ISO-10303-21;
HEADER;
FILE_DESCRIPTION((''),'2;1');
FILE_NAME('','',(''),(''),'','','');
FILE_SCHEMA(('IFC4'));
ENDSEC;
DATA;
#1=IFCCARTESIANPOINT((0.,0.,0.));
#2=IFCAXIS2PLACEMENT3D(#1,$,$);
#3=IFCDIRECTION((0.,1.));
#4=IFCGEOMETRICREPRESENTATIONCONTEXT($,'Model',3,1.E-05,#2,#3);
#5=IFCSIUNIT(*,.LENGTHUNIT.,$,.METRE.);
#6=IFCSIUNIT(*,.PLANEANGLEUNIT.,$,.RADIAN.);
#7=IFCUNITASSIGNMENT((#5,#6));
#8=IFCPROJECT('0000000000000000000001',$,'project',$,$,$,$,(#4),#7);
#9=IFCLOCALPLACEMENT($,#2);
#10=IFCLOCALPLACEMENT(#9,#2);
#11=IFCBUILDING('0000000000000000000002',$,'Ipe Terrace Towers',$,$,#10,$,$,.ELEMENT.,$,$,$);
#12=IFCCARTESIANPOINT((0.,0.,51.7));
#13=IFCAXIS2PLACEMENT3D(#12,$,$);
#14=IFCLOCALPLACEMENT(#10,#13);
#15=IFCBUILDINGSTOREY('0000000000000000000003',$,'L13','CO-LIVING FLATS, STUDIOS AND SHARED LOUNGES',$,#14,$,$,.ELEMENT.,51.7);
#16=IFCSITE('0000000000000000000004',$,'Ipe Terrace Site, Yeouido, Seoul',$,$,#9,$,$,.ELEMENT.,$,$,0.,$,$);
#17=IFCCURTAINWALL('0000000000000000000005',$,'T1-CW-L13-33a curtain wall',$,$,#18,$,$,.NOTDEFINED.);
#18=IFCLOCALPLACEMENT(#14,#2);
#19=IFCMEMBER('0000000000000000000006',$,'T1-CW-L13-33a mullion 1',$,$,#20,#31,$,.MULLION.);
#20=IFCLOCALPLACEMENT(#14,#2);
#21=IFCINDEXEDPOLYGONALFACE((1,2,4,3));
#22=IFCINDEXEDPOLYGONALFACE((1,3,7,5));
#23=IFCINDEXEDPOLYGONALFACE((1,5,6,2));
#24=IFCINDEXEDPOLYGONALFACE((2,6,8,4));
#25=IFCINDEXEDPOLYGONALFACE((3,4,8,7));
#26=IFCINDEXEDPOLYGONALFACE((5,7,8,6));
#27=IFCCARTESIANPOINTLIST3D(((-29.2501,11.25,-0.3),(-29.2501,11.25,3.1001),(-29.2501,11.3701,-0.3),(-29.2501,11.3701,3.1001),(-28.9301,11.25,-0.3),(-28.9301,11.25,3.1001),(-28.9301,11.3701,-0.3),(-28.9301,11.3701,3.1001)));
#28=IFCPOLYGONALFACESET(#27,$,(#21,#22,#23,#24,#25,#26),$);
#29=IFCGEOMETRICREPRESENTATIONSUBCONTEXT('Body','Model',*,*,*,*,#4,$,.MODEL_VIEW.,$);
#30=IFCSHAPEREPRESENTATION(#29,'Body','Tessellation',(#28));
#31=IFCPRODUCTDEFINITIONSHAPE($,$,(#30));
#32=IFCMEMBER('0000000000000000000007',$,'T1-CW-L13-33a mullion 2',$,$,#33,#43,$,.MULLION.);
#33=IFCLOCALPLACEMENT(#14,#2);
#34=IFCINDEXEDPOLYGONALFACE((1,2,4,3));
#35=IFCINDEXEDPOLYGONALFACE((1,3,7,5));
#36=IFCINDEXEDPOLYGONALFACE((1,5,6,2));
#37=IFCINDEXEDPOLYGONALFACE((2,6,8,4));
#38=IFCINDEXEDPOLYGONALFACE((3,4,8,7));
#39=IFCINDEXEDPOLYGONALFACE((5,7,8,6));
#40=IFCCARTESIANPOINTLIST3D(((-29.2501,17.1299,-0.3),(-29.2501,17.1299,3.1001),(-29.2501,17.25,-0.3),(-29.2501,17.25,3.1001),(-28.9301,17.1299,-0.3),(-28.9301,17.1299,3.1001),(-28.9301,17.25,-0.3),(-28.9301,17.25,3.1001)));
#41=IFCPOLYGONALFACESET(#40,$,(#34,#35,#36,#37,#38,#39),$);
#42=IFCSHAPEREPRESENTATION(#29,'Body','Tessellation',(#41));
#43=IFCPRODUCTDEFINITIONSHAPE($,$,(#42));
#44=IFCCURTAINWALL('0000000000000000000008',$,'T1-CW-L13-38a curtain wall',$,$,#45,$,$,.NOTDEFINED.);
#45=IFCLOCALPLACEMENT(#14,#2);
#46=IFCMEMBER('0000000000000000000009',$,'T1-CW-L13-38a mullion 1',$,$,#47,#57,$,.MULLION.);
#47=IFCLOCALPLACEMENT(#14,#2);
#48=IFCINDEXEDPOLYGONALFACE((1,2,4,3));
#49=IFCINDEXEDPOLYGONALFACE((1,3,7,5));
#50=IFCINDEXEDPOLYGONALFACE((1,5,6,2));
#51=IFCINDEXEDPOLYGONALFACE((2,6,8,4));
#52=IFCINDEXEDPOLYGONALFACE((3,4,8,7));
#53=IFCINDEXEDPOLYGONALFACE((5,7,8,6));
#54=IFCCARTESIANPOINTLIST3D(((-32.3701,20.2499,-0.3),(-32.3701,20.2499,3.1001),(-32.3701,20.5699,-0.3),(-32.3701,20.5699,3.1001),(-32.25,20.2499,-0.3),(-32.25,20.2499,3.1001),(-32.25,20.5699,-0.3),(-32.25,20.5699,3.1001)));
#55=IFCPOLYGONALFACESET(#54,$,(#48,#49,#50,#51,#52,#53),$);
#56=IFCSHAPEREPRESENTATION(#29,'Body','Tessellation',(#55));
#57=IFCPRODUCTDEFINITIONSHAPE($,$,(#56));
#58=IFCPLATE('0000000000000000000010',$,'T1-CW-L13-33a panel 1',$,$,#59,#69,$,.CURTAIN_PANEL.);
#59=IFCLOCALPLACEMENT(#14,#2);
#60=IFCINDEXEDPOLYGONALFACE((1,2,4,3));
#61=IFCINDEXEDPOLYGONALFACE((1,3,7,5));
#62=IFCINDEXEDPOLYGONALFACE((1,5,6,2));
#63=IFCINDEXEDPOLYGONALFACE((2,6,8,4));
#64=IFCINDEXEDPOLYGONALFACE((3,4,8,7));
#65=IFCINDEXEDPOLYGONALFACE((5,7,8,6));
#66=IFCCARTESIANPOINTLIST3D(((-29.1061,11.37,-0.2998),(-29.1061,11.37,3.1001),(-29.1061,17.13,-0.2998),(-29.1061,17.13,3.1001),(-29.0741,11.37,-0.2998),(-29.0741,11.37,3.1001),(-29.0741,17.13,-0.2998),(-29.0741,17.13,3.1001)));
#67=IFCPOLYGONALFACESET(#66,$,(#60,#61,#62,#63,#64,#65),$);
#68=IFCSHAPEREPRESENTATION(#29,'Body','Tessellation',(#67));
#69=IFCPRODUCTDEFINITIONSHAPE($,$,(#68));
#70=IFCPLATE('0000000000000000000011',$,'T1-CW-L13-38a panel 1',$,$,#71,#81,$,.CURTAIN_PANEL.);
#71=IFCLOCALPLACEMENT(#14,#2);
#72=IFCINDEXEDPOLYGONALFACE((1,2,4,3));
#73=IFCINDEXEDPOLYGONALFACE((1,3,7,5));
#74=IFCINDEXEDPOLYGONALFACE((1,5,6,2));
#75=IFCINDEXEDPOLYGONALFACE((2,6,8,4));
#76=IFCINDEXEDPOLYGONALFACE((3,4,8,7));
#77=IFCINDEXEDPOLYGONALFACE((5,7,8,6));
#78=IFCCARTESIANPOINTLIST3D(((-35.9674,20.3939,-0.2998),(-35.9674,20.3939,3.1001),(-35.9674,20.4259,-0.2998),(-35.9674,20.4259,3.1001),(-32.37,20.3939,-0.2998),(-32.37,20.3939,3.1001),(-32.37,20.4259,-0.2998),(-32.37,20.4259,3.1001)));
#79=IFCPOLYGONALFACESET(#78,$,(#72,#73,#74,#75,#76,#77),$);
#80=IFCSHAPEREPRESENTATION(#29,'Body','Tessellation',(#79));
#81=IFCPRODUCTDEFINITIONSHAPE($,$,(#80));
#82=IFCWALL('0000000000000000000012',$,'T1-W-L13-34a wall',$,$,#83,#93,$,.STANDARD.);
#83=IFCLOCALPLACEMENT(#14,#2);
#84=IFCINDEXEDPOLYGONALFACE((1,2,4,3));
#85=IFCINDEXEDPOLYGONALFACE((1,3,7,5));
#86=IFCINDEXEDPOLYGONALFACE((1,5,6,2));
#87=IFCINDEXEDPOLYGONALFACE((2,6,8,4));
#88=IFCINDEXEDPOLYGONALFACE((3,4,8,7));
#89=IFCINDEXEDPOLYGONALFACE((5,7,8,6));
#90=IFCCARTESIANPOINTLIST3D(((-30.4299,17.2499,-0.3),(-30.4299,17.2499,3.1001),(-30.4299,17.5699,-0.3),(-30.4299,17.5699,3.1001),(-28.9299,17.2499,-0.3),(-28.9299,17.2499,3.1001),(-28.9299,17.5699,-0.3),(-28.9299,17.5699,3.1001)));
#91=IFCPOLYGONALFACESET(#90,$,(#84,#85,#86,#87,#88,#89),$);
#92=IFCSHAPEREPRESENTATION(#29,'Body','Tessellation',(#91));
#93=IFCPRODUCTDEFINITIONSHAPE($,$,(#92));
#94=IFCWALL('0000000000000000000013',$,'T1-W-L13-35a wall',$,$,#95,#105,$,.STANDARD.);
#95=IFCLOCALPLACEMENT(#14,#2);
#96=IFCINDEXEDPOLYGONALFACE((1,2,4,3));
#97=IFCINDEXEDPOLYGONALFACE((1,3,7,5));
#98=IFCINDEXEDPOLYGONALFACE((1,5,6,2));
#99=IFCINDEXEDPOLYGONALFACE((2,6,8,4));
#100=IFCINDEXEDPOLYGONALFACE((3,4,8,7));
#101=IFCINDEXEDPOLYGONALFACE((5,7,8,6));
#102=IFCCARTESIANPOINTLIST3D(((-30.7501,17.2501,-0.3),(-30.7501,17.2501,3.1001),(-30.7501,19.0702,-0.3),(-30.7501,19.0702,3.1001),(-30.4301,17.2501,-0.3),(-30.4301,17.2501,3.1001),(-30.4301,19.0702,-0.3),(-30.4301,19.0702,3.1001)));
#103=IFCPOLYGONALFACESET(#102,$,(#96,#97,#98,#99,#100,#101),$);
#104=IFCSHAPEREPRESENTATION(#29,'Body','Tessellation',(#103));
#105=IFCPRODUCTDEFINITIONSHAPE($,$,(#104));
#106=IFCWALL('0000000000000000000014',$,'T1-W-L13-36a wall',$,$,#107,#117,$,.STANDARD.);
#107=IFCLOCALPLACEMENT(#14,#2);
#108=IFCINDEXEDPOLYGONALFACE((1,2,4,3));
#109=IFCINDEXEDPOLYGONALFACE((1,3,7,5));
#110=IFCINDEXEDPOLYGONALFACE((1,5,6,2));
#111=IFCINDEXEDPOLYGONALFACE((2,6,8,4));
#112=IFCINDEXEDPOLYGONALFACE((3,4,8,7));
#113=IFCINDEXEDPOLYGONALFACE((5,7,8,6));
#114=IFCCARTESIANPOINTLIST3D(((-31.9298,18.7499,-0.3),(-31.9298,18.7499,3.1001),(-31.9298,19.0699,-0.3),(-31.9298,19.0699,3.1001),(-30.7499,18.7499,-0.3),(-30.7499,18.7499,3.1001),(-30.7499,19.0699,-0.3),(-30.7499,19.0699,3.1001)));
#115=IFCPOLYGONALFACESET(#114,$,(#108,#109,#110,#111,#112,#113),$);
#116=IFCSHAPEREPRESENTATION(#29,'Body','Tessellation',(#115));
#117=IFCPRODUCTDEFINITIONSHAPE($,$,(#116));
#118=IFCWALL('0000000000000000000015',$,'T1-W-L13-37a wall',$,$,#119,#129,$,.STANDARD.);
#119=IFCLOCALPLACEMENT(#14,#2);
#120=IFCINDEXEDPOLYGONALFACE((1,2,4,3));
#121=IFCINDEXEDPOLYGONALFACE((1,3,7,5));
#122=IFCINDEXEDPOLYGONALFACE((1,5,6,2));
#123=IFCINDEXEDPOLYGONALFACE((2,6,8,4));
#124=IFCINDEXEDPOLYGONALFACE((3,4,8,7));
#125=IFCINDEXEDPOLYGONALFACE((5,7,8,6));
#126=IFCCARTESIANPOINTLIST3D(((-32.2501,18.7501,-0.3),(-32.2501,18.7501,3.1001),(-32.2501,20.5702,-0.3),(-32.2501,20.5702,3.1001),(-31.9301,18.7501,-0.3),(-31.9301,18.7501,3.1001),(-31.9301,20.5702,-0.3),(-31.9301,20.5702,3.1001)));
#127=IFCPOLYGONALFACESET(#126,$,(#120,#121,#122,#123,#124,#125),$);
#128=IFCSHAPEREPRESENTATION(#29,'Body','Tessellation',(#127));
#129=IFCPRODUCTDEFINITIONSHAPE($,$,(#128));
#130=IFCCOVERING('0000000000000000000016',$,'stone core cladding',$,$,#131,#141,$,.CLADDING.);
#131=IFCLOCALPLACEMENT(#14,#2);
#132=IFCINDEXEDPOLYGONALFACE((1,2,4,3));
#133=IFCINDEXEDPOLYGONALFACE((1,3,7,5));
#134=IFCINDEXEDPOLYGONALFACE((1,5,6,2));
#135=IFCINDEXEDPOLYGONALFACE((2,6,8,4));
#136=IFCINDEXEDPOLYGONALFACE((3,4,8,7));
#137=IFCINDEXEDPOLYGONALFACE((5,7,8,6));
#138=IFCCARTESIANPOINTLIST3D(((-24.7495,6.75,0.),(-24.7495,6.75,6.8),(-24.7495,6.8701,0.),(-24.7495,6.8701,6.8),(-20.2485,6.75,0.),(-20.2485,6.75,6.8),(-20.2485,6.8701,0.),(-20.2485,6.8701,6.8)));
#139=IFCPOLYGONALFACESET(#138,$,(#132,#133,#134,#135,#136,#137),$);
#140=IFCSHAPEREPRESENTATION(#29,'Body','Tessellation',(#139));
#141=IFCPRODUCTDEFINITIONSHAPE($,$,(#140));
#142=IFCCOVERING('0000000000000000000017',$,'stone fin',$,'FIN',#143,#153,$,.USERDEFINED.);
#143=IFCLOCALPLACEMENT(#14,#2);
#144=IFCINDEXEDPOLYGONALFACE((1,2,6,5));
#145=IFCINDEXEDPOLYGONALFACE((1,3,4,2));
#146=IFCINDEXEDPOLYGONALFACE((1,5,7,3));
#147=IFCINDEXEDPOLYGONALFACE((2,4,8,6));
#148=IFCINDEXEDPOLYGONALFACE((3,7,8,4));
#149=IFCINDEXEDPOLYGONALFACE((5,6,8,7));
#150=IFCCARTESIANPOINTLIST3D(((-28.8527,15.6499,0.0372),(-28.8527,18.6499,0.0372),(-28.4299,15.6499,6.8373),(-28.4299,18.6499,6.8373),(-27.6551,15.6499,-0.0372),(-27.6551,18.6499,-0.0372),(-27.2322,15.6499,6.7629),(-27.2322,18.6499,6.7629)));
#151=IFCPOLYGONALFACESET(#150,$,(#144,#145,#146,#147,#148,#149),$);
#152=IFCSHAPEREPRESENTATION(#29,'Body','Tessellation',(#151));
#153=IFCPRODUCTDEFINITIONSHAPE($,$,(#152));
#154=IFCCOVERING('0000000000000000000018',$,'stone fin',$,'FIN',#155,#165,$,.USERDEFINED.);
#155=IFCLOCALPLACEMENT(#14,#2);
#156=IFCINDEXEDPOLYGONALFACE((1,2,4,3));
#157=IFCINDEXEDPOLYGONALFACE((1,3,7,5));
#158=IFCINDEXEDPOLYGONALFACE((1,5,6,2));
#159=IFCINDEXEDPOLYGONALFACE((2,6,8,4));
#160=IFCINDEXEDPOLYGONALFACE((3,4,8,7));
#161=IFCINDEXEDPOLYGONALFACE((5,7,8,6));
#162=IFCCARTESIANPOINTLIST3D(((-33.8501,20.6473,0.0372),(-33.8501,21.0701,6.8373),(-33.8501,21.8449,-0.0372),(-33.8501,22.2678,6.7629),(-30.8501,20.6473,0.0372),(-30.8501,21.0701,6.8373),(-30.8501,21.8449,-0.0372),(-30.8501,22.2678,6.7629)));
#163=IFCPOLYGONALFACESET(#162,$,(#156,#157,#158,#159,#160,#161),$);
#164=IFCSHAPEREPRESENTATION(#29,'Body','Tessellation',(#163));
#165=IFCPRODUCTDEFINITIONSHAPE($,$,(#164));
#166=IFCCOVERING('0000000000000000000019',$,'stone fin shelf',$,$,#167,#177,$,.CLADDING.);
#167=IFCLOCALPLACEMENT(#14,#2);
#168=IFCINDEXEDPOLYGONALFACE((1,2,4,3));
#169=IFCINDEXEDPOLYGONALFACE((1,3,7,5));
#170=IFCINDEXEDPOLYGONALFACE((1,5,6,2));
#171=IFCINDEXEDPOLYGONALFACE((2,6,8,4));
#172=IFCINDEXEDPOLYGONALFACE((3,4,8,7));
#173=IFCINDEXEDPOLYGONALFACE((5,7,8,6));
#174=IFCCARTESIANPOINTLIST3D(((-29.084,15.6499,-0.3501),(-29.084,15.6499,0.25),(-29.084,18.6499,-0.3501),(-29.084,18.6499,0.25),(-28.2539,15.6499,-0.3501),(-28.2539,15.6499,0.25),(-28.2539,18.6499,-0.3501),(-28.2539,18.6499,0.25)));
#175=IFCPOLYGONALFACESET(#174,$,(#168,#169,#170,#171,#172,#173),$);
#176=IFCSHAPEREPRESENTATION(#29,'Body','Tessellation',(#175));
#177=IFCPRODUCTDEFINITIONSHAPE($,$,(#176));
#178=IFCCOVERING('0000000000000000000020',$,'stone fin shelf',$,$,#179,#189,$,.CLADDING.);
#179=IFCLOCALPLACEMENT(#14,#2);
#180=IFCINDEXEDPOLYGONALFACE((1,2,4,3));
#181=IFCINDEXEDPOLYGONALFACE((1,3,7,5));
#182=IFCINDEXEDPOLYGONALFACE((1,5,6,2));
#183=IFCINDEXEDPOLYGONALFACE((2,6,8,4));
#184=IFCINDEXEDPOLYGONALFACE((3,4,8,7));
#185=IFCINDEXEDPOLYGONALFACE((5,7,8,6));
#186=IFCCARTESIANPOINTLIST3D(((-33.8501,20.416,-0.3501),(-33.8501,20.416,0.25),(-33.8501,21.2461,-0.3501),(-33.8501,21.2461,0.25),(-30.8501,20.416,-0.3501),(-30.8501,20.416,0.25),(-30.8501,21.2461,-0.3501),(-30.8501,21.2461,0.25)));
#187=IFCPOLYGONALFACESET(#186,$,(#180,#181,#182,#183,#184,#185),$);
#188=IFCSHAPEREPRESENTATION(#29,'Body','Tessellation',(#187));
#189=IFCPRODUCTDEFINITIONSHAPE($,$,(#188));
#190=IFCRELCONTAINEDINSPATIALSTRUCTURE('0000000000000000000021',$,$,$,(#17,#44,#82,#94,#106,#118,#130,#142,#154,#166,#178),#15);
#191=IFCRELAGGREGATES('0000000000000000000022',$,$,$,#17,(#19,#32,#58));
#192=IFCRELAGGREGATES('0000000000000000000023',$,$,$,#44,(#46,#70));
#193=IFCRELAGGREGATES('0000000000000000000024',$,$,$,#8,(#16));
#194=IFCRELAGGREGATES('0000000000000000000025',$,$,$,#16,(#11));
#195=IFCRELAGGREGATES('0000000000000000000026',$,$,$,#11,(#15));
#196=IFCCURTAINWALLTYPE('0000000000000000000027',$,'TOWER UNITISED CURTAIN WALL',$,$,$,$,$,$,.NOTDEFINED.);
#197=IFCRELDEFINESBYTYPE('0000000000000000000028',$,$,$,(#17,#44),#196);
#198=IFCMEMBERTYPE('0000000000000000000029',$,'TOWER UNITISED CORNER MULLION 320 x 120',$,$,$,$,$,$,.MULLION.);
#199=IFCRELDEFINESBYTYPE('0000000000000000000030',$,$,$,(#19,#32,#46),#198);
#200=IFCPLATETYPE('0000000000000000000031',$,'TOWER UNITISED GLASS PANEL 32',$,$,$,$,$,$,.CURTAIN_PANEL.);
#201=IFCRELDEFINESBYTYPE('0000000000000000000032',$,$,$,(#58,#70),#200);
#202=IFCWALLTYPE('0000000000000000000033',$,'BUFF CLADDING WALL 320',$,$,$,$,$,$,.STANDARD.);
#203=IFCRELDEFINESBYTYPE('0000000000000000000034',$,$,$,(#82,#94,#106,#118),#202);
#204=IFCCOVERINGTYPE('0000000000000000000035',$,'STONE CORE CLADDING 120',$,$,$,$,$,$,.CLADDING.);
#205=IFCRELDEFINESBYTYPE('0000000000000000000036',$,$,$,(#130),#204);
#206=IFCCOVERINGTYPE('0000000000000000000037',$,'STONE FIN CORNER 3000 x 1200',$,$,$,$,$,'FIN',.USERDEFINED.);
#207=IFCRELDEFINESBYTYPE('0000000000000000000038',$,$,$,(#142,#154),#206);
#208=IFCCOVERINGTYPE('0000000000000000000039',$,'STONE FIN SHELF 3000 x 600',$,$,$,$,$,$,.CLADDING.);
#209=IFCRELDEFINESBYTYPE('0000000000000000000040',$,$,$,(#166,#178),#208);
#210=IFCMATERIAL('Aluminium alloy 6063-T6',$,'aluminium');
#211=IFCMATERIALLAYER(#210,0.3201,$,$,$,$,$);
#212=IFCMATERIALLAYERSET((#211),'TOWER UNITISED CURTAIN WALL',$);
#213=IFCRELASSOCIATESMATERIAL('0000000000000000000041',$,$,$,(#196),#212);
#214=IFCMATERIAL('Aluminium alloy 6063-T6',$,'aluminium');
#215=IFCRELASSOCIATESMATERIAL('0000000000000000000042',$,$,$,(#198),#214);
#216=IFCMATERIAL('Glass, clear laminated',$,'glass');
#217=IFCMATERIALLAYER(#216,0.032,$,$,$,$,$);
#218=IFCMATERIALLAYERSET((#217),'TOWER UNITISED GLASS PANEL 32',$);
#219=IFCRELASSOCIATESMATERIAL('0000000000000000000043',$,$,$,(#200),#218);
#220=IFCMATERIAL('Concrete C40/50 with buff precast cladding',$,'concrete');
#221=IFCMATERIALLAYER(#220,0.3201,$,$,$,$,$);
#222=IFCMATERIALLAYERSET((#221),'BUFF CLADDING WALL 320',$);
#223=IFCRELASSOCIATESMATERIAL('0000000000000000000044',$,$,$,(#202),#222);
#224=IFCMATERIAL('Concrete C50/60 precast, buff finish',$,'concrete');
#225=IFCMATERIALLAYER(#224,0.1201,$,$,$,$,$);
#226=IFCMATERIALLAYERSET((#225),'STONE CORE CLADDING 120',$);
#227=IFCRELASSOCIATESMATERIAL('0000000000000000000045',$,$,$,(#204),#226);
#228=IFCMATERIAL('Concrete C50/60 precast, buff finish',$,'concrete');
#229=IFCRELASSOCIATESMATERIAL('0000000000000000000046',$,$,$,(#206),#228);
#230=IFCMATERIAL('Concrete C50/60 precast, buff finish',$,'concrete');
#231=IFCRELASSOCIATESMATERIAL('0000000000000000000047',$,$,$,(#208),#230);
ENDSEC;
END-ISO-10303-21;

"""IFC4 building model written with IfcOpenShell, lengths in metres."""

from ifc_helpers import new_model, si_unit, direction, frame, frame_2d, origin, origin_2d, place, context, subcontext, project, spatial, rectangle, extrude, material, layer, layer_set, material_profile, profile_set, type_object, element, aggregate, save


model = new_model("IFC4")

# Units and contexts
model_context = context("Model", 3, precision=1e-05, world=origin(), true_north=direction((0.0, 1.0)))
body_context = subcontext(model_context, "Body", "Model", "MODEL_VIEW")
ifc_project = project(units=[si_unit("LENGTHUNIT", "METRE"), si_unit("PLANEANGLEUNIT", "RADIAN")], contexts=[model_context])

# Site, building, storey
site_placement = place(None, origin())
site = spatial("IfcSite", under=ifc_project, at=site_placement, Name="Ipe Terrace Site, Yeouido, Seoul", CompositionType="ELEMENT", RefElevation=0.0)
building_placement = place(site_placement, origin())
building = spatial("IfcBuilding", under=site, at=building_placement, Name="Ipe Terrace Towers", CompositionType="ELEMENT")
storey_placement = place(building_placement, frame((0.0, 0.0, 51.7)))
storey = spatial("IfcBuildingStorey", under=building, at=storey_placement, Name="L13", Description="CO-LIVING FLATS, STUDIOS AND SHARED LOUNGES", CompositionType="ELEMENT", Elevation=51.7)

# Curtain wall, members
ifc_material_1 = material(Name="Aluminium alloy 6063-T6", Category="aluminium")
ifc_layer_1 = layer(ifc_material_1, 0.3201)
ifc_layer_set_1 = layer_set([ifc_layer_1], Name="TOWER UNITISED CURTAIN WALL")
curtain_wall_type = type_object("IfcCurtainWallType", Name="TOWER UNITISED CURTAIN WALL", PredefinedType="NOTDEFINED", material=ifc_layer_set_1)
curtain_wall_1_placement = place(storey_placement, origin())
curtain_wall_1 = element("IfcCurtainWall", 1, at=curtain_wall_1_placement, inside=storey, type_object=curtain_wall_type, Name="T1-CW-L13-33a curtain wall", PredefinedType="NOTDEFINED")
ifc_material_2 = material(Name="Aluminium alloy 6063-T6", Category="aluminium")
ifc_material_profile_1 = material_profile(ifc_material_2, rectangle(XDim=0.3201, YDim=0.1201, at=origin_2d()), Name="TOWER UNITISED CORNER MULLION 320 x 120")
ifc_profile_set_1 = profile_set([ifc_material_profile_1], Name="Aluminium alloy 6063-T6")
member_type = type_object("IfcMemberType", Name="TOWER UNITISED CORNER MULLION 320 x 120", PredefinedType="MULLION", material=ifc_profile_set_1)
member_1_placement = place(storey_placement, frame((-29.0901, 11.3101, -0.3), z_axis=(0.0, 0.0, 1.0), x_axis=(1.0, 0.0, 0.0)))
member_1 = element("IfcMember", 2, at=member_1_placement, type_object=member_type, Name="T1-CW-L13-33a mullion 1", PredefinedType="MULLION", context=body_context, shape_type="SweptSolid", body=[
    extrude(rectangle(XDim=0.3201, YDim=0.1201, at=origin_2d()), origin(), (0.0, 0.0, 1.0), 3.4001),
])
member_2_placement = place(storey_placement, frame((-29.0901, 17.1899, -0.3), z_axis=(0.0, 0.0, 1.0), x_axis=(1.0, 0.0, 0.0)))
member_2 = element("IfcMember", 3, at=member_2_placement, type_object=member_type, Name="T1-CW-L13-33a mullion 2", PredefinedType="MULLION", context=body_context, shape_type="SweptSolid", body=[
    extrude(rectangle(XDim=0.3201, YDim=0.1201, at=origin_2d()), origin(), (0.0, 0.0, 1.0), 3.4001),
])

# Curtain wall, member
curtain_wall_2_placement = place(storey_placement, origin())
curtain_wall_2 = element("IfcCurtainWall", 4, at=curtain_wall_2_placement, inside=storey, type_object=curtain_wall_type, Name="T1-CW-L13-38a curtain wall", PredefinedType="NOTDEFINED")
member_3_placement = place(storey_placement, frame((-32.3101, 20.4099, -0.3), z_axis=(0.0, 0.0, 1.0), x_axis=(0.0, 1.0, 0.0)))
member_3 = element("IfcMember", 5, at=member_3_placement, type_object=member_type, Name="T1-CW-L13-38a mullion 1", PredefinedType="MULLION", context=body_context, shape_type="SweptSolid", body=[
    extrude(rectangle(XDim=0.3201, YDim=0.1201, at=origin_2d()), origin(), (0.0, 0.0, 1.0), 3.4001),
])

# Plates
ifc_material_3 = material(Name="Glass, clear laminated", Category="glass")
ifc_layer_2 = layer(ifc_material_3, 0.032)
ifc_layer_set_2 = layer_set([ifc_layer_2], Name="TOWER UNITISED GLASS PANEL 32")
plate_type = type_object("IfcPlateType", Name="TOWER UNITISED GLASS PANEL 32", PredefinedType="CURTAIN_PANEL", material=ifc_layer_set_2)
plate_1_placement = place(storey_placement, frame((-29.0901, 14.25, -0.2998), z_axis=(0.0, 0.0, 1.0), x_axis=(0.0, 1.0, 0.0)))
plate_1 = element("IfcPlate", 6, at=plate_1_placement, type_object=plate_type, Name="T1-CW-L13-33a panel 1", PredefinedType="CURTAIN_PANEL", context=body_context, shape_type="SweptSolid", body=[
    extrude(rectangle(XDim=5.76, YDim=0.032, at=origin_2d()), origin(), (0.0, 0.0, 1.0), 3.3999),
])
aggregate(curtain_wall_1, [member_1, member_2, plate_1])
plate_2_placement = place(storey_placement, frame((-34.1687, 20.4099, -0.2998), z_axis=(0.0, 0.0, 1.0), x_axis=(-1.0, 0.0, 0.0)))
plate_2 = element("IfcPlate", 7, at=plate_2_placement, type_object=plate_type, Name="T1-CW-L13-38a panel 1", PredefinedType="CURTAIN_PANEL", context=body_context, shape_type="SweptSolid", body=[
    extrude(rectangle(XDim=3.5974, YDim=0.032, at=origin_2d()), origin(), (0.0, 0.0, 1.0), 3.3999),
])
aggregate(curtain_wall_2, [member_3, plate_2])

# Walls
ifc_material_4 = material(Name="Concrete C40/50 with buff precast cladding", Category="concrete")
ifc_layer_3 = layer(ifc_material_4, 0.3201)
ifc_layer_set_3 = layer_set([ifc_layer_3], Name="BUFF CLADDING WALL 320")
wall_type = type_object("IfcWallType", Name="BUFF CLADDING WALL 320", PredefinedType="STANDARD", material=ifc_layer_set_3)
wall_1_placement = place(storey_placement, frame((-28.9299, 17.4099, -0.3), z_axis=(0.0, 0.0, 1.0), x_axis=(-1.0, 0.0, 0.0)))
element("IfcWall", 8, at=wall_1_placement, inside=storey, type_object=wall_type, Name="T1-W-L13-34a wall", PredefinedType="STANDARD", context=body_context, shape_type="SweptSolid", body=[
    extrude(rectangle(XDim=1.5, YDim=0.3201, at=frame_2d((0.75, 0.0))), origin(), (0.0, 0.0, 1.0), 3.4001),
])
wall_2_placement = place(storey_placement, frame((-30.5901, 17.25, -0.3), z_axis=(0.0, 0.0, 1.0), x_axis=(0.0, 1.0, 0.0)))
element("IfcWall", 9, at=wall_2_placement, inside=storey, type_object=wall_type, Name="T1-W-L13-35a wall", PredefinedType="STANDARD", context=body_context, shape_type="SweptSolid", body=[
    extrude(rectangle(XDim=1.8201, YDim=0.3201, at=frame_2d((0.9102, 0.0))), origin(), (0.0, 0.0, 1.0), 3.4001),
])
wall_3_placement = place(storey_placement, frame((-30.75, 18.9099, -0.3), z_axis=(0.0, 0.0, 1.0), x_axis=(-1.0, 0.0, 0.0)))
element("IfcWall", 10, at=wall_3_placement, inside=storey, type_object=wall_type, Name="T1-W-L13-36a wall", PredefinedType="STANDARD", context=body_context, shape_type="SweptSolid", body=[
    extrude(rectangle(XDim=1.1799, YDim=0.3201, at=frame_2d((0.5898, 0.0))), origin(), (0.0, 0.0, 1.0), 3.4001),
])
wall_4_placement = place(storey_placement, frame((-32.0901, 18.75, -0.3), z_axis=(0.0, 0.0, 1.0), x_axis=(0.0, 1.0, 0.0)))
element("IfcWall", 11, at=wall_4_placement, inside=storey, type_object=wall_type, Name="T1-W-L13-37a wall", PredefinedType="STANDARD", context=body_context, shape_type="SweptSolid", body=[
    extrude(rectangle(XDim=1.8201, YDim=0.3201, at=frame_2d((0.9102, 0.0))), origin(), (0.0, 0.0, 1.0), 3.4001),
])

# Coverings
ifc_material_5 = material(Name="Concrete C50/60 precast, buff finish", Category="concrete")
ifc_layer_4 = layer(ifc_material_5, 0.1201)
ifc_layer_set_4 = layer_set([ifc_layer_4], Name="STONE CORE CLADDING 120")
covering_type_1 = type_object("IfcCoveringType", Name="STONE CORE CLADDING 120", PredefinedType="CLADDING", material=ifc_layer_set_4)
covering_placement = place(storey_placement, frame((-22.499, 6.8101, 0.0), z_axis=(0.0, 0.0, 1.0), x_axis=(-1.0, 0.0, 0.0)))
element("IfcCovering", 12, at=covering_placement, inside=storey, type_object=covering_type_1, Name="stone core cladding", PredefinedType="CLADDING", context=body_context, shape_type="SweptSolid", body=[
    extrude(rectangle(XDim=4.501, YDim=0.1201, at=origin_2d()), origin(), (0.0, 0.0, 1.0), 6.8),
])
ifc_material_6 = material(Name="Concrete C50/60 precast, buff finish", Category="concrete")
ifc_material_profile_2 = material_profile(ifc_material_6, rectangle(XDim=3.0, YDim=1.2, at=origin_2d()), Name="STONE FIN CORNER 3000 x 1200")
ifc_profile_set_2 = profile_set([ifc_material_profile_2], Name="Concrete C50/60 precast, buff finish")
covering_type_2 = type_object("IfcCoveringType", Name="STONE FIN CORNER 3000 x 1200", ElementType="FIN", PredefinedType="USERDEFINED", material=ifc_profile_set_2)
for number, where, z_axis, x_axis, name in (
    (13, (-28.2539, 17.1499, 0.0), (0.062064, 0.0, 0.998072), (0.0, 1.0, 0.0), "stone fin"),
    (14, (-32.3501, 21.2461, 0.0), (0.0, 0.062064, 0.998072), (-1.0, 0.0, 0.0), "stone fin"),
):
    element("IfcCovering", number, at=place(storey_placement, frame(where, z_axis=z_axis, x_axis=x_axis)), inside=storey, type_object=covering_type_2, Name=name, ObjectType="FIN", PredefinedType="USERDEFINED", context=body_context, shape_type="SweptSolid", body=[
        extrude(rectangle(XDim=3.0, YDim=1.2, at=origin_2d()), origin(), (0.0, 0.0, 1.0), 6.8132),
    ])
ifc_material_7 = material(Name="Concrete C50/60 precast, buff finish", Category="concrete")
covering_type_3 = type_object("IfcCoveringType", Name="STONE FIN SHELF 3000 x 600", PredefinedType="CLADDING", material=ifc_material_7)
for number, where, z_axis, x_axis, name in (
    (15, (-28.6689, 17.1499, -0.3501), (0.0, 0.0, 1.0), (0.0, 1.0, 0.0), "stone fin shelf"),
    (16, (-32.3501, 20.8311, -0.3501), (0.0, 0.0, 1.0), (-1.0, 0.0, 0.0), "stone fin shelf"),
):
    element("IfcCovering", number, at=place(storey_placement, frame(where, z_axis=z_axis, x_axis=x_axis)), inside=storey, type_object=covering_type_3, Name=name, PredefinedType="CLADDING", context=body_context, shape_type="SweptSolid", body=[
        extrude(rectangle(XDim=3.0, YDim=0.8301, at=origin_2d()), origin(), (0.0, 0.0, 1.0), 0.6001),
    ])

save(model, "model.ifc")
